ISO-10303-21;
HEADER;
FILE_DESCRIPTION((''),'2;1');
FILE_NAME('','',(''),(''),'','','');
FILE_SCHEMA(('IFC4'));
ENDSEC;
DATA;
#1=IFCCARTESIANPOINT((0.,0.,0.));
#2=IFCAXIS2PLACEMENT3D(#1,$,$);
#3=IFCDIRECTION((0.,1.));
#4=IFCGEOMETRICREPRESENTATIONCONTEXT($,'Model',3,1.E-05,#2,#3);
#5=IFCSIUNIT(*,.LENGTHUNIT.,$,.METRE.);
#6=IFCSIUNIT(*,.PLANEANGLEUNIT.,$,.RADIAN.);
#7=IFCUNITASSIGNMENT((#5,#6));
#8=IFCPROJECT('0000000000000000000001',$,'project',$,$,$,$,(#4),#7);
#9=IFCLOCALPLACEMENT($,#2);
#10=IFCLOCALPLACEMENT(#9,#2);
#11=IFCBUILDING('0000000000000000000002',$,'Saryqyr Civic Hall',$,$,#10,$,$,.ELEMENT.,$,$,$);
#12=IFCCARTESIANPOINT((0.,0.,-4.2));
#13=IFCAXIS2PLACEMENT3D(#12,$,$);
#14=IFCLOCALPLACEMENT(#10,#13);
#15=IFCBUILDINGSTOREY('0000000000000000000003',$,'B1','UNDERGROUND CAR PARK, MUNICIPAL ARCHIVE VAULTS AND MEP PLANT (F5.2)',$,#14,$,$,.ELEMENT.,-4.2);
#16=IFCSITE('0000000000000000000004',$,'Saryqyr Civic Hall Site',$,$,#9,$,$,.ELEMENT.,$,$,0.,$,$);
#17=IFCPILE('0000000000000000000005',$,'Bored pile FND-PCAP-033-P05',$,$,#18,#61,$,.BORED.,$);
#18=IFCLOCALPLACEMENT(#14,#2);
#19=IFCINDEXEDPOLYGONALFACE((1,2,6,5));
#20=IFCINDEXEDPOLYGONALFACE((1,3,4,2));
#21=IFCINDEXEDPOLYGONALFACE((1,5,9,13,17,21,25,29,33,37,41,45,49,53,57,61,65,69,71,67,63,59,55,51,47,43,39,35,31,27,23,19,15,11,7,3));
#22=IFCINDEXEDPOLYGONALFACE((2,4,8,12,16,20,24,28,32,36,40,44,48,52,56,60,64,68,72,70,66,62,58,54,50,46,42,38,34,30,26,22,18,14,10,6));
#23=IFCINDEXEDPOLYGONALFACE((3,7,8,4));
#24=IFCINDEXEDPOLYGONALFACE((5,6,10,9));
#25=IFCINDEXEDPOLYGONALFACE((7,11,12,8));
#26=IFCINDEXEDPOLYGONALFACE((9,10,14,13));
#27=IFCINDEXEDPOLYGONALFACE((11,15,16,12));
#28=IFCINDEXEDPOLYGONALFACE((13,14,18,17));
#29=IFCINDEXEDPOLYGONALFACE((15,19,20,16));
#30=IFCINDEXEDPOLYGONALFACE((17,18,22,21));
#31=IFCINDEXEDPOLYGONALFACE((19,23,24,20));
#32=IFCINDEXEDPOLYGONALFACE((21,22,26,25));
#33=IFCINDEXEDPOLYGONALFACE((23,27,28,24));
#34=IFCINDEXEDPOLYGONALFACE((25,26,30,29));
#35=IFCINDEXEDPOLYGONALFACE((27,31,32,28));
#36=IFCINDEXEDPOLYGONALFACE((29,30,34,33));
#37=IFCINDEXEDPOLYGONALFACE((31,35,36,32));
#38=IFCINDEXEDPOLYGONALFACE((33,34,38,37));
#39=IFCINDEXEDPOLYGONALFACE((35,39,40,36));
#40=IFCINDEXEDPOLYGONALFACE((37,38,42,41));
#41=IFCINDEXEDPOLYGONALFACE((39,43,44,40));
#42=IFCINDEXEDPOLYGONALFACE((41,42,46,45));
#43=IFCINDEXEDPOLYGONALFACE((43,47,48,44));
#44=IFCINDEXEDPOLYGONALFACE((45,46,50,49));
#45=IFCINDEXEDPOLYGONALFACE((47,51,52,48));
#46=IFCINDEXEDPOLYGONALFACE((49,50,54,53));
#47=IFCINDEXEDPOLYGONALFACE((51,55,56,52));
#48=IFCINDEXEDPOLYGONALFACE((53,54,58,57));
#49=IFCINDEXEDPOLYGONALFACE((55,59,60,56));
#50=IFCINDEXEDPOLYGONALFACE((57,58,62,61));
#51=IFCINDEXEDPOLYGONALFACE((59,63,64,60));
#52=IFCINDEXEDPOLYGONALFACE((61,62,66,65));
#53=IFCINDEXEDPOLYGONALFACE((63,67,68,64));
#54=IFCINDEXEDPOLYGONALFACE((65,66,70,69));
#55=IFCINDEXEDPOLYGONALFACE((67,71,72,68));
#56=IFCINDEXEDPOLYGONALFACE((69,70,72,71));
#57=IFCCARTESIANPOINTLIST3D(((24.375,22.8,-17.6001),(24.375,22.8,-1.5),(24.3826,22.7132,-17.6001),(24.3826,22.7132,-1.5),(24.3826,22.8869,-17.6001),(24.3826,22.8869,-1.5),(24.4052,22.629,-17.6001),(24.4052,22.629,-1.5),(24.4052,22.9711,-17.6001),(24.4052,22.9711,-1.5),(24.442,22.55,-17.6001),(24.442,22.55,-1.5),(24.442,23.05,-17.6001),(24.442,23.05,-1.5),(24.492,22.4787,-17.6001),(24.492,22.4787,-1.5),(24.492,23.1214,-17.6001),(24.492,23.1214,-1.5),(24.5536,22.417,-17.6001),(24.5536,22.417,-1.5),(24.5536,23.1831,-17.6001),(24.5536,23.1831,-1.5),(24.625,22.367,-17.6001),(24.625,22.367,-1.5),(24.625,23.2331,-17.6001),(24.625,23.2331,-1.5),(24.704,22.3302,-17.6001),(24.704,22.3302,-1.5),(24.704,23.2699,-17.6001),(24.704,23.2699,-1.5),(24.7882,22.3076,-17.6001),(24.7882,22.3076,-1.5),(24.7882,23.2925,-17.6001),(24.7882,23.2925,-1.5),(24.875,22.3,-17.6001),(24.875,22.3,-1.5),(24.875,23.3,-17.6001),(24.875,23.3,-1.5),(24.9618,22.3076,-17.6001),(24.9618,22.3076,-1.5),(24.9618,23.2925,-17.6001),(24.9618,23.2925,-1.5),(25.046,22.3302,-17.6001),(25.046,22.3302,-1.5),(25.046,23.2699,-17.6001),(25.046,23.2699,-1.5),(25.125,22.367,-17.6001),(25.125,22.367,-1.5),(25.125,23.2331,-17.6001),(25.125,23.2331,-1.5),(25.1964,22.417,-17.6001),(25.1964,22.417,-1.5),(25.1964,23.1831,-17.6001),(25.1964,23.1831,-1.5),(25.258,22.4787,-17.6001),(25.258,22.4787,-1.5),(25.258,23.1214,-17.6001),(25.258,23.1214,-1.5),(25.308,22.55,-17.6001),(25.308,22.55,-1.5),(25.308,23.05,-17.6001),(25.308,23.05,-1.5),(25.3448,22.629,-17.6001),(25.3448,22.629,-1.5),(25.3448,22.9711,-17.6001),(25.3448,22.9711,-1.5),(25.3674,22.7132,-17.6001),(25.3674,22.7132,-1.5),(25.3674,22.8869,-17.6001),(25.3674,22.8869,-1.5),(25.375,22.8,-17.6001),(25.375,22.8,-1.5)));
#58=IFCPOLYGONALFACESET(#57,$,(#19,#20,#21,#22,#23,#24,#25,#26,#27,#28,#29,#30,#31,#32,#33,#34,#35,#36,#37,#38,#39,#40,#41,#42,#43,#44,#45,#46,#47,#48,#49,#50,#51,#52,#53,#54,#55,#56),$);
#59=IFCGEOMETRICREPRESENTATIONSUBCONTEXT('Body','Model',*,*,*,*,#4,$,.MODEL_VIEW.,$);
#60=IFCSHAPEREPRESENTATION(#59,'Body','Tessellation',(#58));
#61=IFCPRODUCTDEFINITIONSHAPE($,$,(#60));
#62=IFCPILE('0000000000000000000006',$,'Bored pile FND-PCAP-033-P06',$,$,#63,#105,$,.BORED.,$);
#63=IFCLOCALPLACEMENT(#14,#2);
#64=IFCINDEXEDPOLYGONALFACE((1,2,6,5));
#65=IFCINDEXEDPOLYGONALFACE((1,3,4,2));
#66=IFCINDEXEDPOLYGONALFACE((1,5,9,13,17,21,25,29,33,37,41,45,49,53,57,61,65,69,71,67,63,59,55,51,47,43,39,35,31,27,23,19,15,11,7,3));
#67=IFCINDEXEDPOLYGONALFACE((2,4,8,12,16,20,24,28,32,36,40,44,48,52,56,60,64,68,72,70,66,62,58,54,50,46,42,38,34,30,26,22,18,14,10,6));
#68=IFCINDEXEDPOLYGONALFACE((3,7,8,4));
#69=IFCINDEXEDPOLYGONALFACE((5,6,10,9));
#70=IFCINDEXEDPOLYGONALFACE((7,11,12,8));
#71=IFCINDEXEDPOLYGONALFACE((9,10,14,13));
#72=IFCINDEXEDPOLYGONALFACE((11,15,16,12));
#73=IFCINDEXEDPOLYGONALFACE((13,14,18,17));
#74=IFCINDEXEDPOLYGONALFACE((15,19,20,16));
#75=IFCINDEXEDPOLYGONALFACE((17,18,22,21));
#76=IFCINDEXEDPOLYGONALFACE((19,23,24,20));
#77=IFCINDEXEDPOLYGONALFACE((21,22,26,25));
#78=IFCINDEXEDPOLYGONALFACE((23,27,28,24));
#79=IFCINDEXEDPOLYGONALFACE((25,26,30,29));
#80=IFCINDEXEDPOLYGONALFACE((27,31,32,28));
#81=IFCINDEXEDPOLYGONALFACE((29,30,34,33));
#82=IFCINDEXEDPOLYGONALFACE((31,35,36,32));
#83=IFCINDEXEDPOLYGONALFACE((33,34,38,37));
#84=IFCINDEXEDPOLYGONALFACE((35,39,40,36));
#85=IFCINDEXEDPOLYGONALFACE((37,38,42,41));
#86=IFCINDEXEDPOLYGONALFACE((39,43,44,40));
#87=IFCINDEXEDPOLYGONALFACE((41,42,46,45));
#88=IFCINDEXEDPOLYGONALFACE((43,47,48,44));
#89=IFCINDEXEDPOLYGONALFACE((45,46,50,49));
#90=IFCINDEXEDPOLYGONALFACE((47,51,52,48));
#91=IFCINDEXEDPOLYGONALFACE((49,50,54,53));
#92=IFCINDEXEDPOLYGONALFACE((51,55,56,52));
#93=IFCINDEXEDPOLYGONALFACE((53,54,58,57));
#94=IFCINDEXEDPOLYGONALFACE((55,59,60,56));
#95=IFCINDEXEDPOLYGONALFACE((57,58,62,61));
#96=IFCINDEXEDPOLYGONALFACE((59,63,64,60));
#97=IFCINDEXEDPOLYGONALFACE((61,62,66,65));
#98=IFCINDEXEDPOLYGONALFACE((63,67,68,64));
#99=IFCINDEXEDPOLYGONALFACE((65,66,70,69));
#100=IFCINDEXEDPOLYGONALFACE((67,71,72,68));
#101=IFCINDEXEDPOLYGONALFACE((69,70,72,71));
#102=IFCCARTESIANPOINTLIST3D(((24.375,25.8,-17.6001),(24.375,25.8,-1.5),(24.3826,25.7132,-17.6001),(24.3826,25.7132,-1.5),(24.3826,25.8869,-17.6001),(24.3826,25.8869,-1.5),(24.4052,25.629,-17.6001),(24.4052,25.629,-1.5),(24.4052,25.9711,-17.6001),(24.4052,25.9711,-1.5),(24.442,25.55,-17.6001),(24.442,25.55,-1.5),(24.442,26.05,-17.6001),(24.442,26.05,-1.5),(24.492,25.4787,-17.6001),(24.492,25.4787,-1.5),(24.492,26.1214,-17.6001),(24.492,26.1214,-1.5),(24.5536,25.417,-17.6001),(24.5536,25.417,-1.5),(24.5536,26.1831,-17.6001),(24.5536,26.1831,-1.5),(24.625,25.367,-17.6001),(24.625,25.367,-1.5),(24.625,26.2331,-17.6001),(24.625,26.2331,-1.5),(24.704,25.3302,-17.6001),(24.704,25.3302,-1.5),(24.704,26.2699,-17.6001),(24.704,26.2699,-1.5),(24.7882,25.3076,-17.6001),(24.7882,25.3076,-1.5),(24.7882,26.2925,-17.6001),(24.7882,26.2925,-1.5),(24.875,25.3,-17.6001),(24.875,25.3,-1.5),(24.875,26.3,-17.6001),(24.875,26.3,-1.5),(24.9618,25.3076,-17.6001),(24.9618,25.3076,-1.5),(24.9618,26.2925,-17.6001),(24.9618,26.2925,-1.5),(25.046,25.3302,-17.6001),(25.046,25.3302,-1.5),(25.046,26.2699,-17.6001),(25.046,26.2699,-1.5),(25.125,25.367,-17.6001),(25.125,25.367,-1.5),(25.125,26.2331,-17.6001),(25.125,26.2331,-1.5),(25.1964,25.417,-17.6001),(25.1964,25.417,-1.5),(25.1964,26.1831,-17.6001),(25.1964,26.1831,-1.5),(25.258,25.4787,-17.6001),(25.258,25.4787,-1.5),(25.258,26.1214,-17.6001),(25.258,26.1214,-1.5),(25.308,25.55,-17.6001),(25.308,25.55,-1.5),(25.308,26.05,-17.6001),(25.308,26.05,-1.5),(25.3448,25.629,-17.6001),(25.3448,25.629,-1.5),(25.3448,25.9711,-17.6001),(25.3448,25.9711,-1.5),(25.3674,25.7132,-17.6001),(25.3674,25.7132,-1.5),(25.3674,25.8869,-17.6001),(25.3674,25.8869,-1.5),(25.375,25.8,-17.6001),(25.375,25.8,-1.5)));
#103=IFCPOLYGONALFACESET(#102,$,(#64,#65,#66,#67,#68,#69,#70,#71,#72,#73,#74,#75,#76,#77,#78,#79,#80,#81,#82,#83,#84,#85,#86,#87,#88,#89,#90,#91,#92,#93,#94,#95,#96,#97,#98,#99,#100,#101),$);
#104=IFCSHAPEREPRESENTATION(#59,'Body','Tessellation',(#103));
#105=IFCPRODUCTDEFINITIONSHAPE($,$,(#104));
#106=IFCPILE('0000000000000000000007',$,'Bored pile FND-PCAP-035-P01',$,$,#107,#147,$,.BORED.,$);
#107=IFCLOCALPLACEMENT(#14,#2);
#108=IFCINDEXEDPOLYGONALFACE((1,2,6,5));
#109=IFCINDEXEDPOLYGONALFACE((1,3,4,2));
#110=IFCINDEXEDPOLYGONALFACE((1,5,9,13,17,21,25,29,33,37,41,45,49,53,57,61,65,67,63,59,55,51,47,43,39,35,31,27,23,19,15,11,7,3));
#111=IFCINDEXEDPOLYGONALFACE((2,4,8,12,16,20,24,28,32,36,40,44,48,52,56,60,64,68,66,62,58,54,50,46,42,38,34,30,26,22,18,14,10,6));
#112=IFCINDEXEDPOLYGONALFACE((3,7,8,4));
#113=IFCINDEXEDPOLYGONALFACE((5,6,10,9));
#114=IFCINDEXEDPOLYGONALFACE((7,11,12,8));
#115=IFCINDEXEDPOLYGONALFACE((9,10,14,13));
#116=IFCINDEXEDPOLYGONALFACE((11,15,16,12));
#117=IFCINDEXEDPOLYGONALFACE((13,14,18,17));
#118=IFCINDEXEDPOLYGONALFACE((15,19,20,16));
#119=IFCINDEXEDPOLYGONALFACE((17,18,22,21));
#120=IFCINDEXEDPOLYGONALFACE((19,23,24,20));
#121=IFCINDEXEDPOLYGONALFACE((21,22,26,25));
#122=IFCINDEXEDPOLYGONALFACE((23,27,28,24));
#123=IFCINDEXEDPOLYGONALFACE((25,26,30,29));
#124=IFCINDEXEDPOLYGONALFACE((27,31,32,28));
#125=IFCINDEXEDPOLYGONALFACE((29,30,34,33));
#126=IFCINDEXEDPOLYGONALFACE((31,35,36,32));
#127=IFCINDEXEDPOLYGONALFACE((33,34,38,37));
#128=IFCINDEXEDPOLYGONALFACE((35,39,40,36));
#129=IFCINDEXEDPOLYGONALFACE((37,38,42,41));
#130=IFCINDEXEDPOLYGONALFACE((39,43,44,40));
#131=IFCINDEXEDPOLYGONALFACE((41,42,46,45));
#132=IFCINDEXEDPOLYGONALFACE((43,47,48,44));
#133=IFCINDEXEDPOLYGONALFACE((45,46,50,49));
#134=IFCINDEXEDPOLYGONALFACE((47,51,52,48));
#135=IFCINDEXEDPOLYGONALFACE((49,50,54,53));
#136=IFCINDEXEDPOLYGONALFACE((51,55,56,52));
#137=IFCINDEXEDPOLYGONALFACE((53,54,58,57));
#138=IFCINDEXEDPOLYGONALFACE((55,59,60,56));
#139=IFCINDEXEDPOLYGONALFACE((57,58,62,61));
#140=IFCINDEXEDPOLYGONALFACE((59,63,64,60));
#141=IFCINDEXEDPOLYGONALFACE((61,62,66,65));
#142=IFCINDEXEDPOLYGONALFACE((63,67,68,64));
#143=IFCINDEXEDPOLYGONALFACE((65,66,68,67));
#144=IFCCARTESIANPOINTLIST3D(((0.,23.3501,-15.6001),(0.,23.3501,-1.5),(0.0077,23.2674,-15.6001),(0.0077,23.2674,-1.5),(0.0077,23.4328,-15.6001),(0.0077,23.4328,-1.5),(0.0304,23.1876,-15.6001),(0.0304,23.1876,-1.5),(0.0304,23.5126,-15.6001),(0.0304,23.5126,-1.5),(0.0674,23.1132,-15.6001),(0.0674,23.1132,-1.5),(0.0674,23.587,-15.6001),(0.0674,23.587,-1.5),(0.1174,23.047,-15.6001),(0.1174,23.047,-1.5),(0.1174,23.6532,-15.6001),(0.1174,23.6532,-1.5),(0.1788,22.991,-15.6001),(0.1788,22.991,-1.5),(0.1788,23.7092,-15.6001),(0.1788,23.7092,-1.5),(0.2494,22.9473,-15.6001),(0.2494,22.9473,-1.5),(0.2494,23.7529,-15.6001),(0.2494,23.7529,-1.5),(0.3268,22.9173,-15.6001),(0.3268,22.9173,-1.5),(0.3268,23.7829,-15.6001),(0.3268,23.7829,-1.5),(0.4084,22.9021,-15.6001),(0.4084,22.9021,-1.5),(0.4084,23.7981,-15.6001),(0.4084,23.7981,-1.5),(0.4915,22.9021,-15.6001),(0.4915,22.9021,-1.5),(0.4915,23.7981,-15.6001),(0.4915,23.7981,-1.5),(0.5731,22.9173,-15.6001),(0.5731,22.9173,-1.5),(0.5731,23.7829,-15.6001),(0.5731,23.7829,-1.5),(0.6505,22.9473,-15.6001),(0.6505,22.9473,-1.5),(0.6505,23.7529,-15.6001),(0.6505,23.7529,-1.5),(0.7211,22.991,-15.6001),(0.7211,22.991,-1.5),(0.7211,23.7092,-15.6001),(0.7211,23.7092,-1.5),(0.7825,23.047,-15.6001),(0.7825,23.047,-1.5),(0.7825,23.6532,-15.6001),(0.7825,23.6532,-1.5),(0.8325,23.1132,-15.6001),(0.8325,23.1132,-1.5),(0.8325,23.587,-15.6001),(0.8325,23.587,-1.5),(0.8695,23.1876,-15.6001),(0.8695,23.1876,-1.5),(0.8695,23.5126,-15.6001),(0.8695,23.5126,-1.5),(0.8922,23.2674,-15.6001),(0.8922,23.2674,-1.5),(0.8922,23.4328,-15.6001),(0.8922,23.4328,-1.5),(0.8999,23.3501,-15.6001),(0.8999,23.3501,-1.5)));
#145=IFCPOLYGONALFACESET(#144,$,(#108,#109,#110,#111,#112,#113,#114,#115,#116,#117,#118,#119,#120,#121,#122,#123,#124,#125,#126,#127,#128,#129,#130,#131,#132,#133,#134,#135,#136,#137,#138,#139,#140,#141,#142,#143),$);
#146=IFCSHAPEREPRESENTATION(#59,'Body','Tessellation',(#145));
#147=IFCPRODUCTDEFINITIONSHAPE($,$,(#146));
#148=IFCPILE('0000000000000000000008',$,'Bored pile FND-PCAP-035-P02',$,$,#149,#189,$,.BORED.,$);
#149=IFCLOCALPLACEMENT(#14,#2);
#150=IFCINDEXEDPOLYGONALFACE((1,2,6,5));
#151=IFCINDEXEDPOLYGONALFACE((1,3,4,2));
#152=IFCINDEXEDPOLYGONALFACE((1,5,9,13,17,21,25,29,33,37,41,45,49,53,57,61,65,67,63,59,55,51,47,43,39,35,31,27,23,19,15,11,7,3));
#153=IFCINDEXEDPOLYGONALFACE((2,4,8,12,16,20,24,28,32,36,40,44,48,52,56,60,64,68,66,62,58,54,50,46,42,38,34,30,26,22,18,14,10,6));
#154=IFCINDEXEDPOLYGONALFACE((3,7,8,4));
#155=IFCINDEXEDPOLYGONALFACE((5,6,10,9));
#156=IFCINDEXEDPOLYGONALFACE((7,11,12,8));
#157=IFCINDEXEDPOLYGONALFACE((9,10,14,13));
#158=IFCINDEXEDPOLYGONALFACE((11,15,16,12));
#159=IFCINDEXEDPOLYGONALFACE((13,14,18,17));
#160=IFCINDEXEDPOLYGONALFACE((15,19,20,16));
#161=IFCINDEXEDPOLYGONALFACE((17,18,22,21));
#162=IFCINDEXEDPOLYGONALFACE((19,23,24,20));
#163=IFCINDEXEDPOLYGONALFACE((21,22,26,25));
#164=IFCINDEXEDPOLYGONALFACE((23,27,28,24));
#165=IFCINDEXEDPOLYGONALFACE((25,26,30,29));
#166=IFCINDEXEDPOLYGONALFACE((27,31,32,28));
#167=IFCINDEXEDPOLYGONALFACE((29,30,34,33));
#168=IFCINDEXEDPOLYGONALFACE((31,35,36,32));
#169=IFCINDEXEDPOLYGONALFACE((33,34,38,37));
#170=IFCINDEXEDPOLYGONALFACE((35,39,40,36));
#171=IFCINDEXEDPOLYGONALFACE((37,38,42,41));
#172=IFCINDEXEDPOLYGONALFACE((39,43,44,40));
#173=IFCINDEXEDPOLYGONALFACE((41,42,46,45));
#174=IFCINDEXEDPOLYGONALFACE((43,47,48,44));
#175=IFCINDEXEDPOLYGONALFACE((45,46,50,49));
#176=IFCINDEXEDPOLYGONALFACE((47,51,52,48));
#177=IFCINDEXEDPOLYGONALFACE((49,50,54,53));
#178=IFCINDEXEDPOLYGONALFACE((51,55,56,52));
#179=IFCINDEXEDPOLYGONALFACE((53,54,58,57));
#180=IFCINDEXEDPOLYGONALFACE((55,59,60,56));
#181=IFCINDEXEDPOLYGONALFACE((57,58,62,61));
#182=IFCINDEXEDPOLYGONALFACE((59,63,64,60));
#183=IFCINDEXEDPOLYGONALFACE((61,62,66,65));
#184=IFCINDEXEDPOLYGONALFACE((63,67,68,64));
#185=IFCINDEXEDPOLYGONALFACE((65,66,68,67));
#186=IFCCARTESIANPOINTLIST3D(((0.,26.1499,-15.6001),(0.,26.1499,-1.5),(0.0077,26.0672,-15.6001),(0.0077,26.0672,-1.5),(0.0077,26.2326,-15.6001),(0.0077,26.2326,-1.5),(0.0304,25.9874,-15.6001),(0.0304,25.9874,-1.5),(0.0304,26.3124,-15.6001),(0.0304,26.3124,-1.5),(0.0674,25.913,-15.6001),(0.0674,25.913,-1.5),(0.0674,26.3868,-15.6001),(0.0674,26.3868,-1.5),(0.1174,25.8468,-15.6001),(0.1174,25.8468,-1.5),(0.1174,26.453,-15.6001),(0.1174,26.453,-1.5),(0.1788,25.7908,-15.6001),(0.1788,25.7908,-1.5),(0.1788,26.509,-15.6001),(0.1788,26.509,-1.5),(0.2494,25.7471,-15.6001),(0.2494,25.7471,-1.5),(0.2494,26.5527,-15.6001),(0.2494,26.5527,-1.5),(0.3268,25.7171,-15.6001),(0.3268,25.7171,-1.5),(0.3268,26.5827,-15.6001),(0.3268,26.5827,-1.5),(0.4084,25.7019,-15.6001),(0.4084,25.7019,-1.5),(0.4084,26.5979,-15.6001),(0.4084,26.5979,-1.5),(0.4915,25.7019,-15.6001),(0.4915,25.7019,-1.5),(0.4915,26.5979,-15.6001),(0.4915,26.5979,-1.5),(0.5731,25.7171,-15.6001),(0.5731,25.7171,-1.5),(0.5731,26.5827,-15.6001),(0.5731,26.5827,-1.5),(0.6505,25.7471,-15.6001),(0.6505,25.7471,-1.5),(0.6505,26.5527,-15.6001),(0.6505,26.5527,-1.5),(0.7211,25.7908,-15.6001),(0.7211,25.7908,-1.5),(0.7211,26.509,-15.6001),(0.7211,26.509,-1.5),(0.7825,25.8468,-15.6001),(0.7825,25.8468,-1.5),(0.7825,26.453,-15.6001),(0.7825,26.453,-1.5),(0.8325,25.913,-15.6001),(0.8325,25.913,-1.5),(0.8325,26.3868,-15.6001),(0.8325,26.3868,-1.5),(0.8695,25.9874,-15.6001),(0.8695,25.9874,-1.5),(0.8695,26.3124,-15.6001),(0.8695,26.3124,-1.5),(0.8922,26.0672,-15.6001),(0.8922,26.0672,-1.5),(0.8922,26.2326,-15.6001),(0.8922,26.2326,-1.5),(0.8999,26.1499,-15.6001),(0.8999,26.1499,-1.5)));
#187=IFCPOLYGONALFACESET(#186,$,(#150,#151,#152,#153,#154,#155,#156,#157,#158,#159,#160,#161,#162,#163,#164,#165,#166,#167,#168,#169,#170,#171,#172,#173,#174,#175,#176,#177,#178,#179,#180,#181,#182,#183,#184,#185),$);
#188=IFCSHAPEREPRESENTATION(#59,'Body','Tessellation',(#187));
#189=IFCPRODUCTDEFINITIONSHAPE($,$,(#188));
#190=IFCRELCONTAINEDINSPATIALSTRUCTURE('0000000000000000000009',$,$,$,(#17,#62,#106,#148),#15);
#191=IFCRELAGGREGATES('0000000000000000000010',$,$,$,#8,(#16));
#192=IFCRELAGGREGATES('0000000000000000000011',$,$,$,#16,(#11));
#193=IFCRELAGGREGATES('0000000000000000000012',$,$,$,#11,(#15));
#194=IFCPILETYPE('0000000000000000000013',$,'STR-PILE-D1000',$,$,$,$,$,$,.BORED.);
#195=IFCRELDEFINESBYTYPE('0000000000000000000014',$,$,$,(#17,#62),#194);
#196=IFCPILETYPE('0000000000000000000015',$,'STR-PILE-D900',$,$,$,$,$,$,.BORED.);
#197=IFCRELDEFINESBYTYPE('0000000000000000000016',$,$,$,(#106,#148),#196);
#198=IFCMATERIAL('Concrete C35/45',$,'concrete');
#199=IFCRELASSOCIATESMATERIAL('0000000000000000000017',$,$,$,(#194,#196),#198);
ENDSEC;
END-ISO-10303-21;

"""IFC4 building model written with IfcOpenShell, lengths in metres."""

from ifc_helpers import new_model, si_unit, direction, frame, origin, origin_2d, place, context, subcontext, project, spatial, circle, extrude, material, material_profile, profile_set, type_object, element, save


model = new_model("IFC4")

# Units and contexts
model_context = context("Model", 3, precision=1e-05, world=origin(), true_north=direction((0.0, 1.0)))
body_context = subcontext(model_context, "Body", "Model", "MODEL_VIEW")
ifc_project = project(units=[si_unit("LENGTHUNIT", "METRE"), si_unit("PLANEANGLEUNIT", "RADIAN")], contexts=[model_context])

# Site, building, storey
site_placement = place(None, origin())
site = spatial("IfcSite", under=ifc_project, at=site_placement, Name="Saryqyr Civic Hall Site", CompositionType="ELEMENT", RefElevation=0.0)
building_placement = place(site_placement, origin())
building = spatial("IfcBuilding", under=site, at=building_placement, Name="Saryqyr Civic Hall", CompositionType="ELEMENT")
storey_placement = place(building_placement, frame((0.0, 0.0, -4.2)))
storey = spatial("IfcBuildingStorey", under=building, at=storey_placement, Name="B1", Description="UNDERGROUND CAR PARK, MUNICIPAL ARCHIVE VAULTS AND MEP PLANT (F5.2)", CompositionType="ELEMENT", Elevation=-4.2)

# Shared definitions
ifc_material_1 = material(Name="Concrete C35/45", Category="concrete")

# Piles
ifc_material_profile_1 = material_profile(ifc_material_1, circle(Radius=0.5, at=origin_2d()), Name="BORED PILE D1000")
ifc_profile_set_1 = profile_set([ifc_material_profile_1], Name="Concrete C35/45")
pile_type_1 = type_object("IfcPileType", Name="STR-PILE-D1000", PredefinedType="BORED", material=ifc_profile_set_1)
for number, where, z_axis, x_axis, name in (
    (1, (24.875, 22.8, -1.5), (0.0, 0.0, -1.0), (1.0, 0.0, 0.0), "Bored pile FND-PCAP-033-P05"),
    (2, (24.875, 25.8, -1.5), (0.0, 0.0, -1.0), (1.0, 0.0, 0.0), "Bored pile FND-PCAP-033-P06"),
):
    element("IfcPile", number, at=place(storey_placement, frame(where, z_axis=z_axis, x_axis=x_axis)), inside=storey, type_object=pile_type_1, Name=name, PredefinedType="BORED", context=body_context, shape_type="SweptSolid", body=[
        extrude(circle(Radius=0.5, at=origin_2d()), origin(), (0.0, 0.0, 1.0), 16.1001),
    ])
ifc_material_profile_2 = material_profile(ifc_material_1, circle(Radius=0.45, at=origin_2d()), Name="BORED PILE D900")
ifc_profile_set_2 = profile_set([ifc_material_profile_2], Name="Concrete C35/45")
pile_type_2 = type_object("IfcPileType", Name="STR-PILE-D900", PredefinedType="BORED", material=ifc_profile_set_2)
for number, where, z_axis, x_axis, name in (
    (3, (0.45, 23.3501, -1.5), (0.0, 0.0, -1.0), (1.0, 0.0, 0.0), "Bored pile FND-PCAP-035-P01"),
    (4, (0.45, 26.1499, -1.5), (0.0, 0.0, -1.0), (1.0, 0.0, 0.0), "Bored pile FND-PCAP-035-P02"),
):
    element("IfcPile", number, at=place(storey_placement, frame(where, z_axis=z_axis, x_axis=x_axis)), inside=storey, type_object=pile_type_2, Name=name, PredefinedType="BORED", context=body_context, shape_type="SweptSolid", body=[
        extrude(circle(Radius=0.45, at=origin_2d()), origin(), (0.0, 0.0, 1.0), 14.1001),
    ])

save(model, "model.ifc")
